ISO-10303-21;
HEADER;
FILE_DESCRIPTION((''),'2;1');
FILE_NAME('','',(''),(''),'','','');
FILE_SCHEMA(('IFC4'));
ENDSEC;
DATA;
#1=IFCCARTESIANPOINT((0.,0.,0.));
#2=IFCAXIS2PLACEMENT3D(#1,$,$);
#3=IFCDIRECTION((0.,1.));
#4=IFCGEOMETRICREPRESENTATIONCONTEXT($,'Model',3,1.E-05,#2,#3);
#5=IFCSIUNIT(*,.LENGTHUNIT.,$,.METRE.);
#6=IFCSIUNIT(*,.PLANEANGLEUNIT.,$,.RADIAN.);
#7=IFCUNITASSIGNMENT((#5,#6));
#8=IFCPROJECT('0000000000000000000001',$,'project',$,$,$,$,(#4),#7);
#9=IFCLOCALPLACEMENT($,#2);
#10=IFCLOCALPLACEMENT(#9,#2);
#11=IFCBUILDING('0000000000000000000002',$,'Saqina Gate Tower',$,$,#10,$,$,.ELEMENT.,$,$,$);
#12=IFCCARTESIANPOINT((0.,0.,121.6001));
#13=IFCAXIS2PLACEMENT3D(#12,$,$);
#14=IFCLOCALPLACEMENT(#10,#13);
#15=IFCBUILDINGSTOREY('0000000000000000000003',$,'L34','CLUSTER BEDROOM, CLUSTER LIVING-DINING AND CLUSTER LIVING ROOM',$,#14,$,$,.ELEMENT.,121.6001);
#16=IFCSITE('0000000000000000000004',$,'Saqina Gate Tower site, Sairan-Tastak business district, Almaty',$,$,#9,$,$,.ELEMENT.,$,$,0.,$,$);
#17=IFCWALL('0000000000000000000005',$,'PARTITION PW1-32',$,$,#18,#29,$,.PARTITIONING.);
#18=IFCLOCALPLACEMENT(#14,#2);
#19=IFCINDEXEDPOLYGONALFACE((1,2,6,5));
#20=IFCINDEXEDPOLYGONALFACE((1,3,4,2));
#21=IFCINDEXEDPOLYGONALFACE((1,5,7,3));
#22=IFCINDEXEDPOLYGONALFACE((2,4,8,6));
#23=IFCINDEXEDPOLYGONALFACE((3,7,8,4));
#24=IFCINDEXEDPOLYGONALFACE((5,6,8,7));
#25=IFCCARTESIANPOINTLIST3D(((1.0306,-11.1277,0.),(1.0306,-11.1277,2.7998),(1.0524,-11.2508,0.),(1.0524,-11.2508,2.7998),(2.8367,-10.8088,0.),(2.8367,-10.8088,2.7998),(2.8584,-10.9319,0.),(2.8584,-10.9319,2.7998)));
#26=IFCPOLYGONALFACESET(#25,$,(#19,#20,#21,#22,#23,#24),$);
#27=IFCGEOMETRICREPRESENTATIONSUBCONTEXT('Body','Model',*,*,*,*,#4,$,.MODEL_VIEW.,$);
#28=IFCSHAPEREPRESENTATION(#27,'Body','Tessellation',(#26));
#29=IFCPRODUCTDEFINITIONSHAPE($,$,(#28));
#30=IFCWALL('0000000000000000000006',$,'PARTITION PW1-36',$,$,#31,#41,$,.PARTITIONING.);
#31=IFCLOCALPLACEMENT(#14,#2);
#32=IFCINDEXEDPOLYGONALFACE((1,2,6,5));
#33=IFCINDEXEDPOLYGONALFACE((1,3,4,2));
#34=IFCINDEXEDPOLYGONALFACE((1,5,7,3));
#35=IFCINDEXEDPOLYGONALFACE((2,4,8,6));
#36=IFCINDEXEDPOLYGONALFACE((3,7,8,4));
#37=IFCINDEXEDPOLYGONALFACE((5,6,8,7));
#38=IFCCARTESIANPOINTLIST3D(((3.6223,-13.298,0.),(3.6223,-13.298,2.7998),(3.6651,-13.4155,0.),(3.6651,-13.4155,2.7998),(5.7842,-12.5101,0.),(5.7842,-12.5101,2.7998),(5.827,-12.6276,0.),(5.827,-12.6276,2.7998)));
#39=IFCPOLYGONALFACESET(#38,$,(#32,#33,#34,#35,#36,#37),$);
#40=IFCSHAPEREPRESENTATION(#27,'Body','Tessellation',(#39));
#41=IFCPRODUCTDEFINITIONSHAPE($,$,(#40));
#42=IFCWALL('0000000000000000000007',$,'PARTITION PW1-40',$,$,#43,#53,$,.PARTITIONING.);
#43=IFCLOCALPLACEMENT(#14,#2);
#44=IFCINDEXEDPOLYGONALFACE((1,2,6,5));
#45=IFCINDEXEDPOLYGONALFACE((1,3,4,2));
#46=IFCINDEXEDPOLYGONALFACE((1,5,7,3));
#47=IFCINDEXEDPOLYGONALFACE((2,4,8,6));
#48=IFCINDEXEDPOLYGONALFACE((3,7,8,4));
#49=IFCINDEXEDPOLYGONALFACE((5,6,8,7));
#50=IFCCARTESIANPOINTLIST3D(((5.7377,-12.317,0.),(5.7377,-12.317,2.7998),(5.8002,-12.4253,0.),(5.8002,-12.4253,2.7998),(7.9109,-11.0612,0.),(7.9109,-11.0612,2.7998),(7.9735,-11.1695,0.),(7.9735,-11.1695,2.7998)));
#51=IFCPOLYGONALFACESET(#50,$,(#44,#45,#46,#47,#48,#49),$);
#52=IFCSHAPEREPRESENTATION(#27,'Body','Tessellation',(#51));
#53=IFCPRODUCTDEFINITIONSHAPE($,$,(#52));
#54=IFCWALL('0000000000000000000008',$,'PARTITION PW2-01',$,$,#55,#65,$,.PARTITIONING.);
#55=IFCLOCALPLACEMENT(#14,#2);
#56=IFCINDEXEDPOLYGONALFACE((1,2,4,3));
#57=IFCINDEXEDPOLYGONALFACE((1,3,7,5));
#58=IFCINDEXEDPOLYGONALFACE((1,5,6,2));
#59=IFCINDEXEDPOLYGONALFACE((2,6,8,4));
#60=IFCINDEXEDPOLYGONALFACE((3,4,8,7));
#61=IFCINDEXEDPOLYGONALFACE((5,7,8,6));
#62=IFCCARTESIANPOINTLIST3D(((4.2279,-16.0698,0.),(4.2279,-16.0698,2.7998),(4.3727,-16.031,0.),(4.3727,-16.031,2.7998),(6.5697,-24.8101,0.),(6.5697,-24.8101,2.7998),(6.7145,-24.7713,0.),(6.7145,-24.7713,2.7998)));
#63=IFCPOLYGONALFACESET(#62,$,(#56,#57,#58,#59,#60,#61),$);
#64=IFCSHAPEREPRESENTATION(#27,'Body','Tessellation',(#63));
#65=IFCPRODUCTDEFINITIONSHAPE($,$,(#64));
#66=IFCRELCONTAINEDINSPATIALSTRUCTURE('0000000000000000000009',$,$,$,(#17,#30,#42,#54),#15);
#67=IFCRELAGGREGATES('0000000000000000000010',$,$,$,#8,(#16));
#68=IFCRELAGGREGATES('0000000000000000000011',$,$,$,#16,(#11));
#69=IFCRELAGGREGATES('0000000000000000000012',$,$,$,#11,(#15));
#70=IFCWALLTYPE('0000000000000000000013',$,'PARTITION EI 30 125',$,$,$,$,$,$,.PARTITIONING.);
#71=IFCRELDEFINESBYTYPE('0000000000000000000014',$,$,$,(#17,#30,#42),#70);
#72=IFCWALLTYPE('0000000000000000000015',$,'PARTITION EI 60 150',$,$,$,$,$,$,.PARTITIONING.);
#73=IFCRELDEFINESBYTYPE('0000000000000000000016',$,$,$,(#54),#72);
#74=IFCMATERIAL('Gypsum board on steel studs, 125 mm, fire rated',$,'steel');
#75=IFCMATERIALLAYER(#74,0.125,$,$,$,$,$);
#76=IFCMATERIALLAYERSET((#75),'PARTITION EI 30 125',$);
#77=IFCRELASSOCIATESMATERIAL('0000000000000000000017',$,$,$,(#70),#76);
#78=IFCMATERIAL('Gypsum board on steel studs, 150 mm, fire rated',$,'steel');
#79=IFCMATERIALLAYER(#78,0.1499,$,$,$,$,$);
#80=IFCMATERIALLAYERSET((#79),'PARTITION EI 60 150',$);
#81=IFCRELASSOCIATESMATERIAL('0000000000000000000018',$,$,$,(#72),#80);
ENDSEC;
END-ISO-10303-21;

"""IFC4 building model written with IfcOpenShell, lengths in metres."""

from ifc_helpers import new_model, si_unit, direction, frame, frame_2d, origin, place, context, subcontext, project, spatial, rectangle, extrude, material, layer, layer_set, type_object, element, save


model = new_model("IFC4")

# Units and contexts
model_context = context("Model", 3, precision=1e-05, world=origin(), true_north=direction((0.0, 1.0)))
body_context = subcontext(model_context, "Body", "Model", "MODEL_VIEW")
ifc_project = project(units=[si_unit("LENGTHUNIT", "METRE"), si_unit("PLANEANGLEUNIT", "RADIAN")], contexts=[model_context])

# Site, building, storey
site_placement = place(None, origin())
site = spatial("IfcSite", under=ifc_project, at=site_placement, Name="Saqina Gate Tower site, Sairan-Tastak business district, Almaty", CompositionType="ELEMENT", RefElevation=0.0)
building_placement = place(site_placement, origin())
building = spatial("IfcBuilding", under=site, at=building_placement, Name="Saqina Gate Tower", CompositionType="ELEMENT")
storey_placement = place(building_placement, frame((0.0, 0.0, 121.6001)))
storey = spatial("IfcBuildingStorey", under=building, at=storey_placement, Name="L34", Description="CLUSTER BEDROOM, CLUSTER LIVING-DINING AND CLUSTER LIVING ROOM", CompositionType="ELEMENT", Elevation=121.6001)

# Walls
ifc_material_1 = material(Name="Gypsum board on steel studs, 125 mm, fire rated", Category="steel")
ifc_layer_1 = layer(ifc_material_1, 0.125)
ifc_layer_set_1 = layer_set([ifc_layer_1], Name="PARTITION EI 30 125")
wall_type_1 = type_object("IfcWallType", Name="PARTITION EI 30 125", PredefinedType="PARTITIONING", material=ifc_layer_set_1)
wall_1_placement = place(storey_placement, frame((1.0415, -11.1892, 0.0), z_axis=(0.0, 0.0, 1.0), x_axis=(0.984773, 0.173846, 0.0)))
element("IfcWall", 1, at=wall_1_placement, inside=storey, type_object=wall_type_1, Name="PARTITION PW1-32", PredefinedType="PARTITIONING", context=body_context, shape_type="SweptSolid", body=[
    extrude(rectangle(XDim=1.834, YDim=0.125, at=frame_2d((0.917, 0.0))), origin(), (0.0, 0.0, 1.0), 2.7998),
])
wall_2_placement = place(storey_placement, frame((3.6438, -13.3567, 0.0), z_axis=(0.0, 0.0, 1.0), x_axis=(0.939555, 0.342399, 0.0)))
element("IfcWall", 2, at=wall_2_placement, inside=storey, type_object=wall_type_1, Name="PARTITION PW1-36", PredefinedType="PARTITIONING", context=body_context, shape_type="SweptSolid", body=[
    extrude(rectangle(XDim=2.301, YDim=0.125, at=frame_2d((1.1504, 0.0))), origin(), (0.0, 0.0, 1.0), 2.7998),
])
wall_3_placement = place(storey_placement, frame((5.769, -12.3711, 0.0), z_axis=(0.0, 0.0, 1.0), x_axis=(0.865839, 0.500323, 0.0)))
element("IfcWall", 3, at=wall_3_placement, inside=storey, type_object=wall_type_1, Name="PARTITION PW1-40", PredefinedType="PARTITIONING", context=body_context, shape_type="SweptSolid", body=[
    extrude(rectangle(XDim=2.51, YDim=0.125, at=frame_2d((1.2549, 0.0))), origin(), (0.0, 0.0, 1.0), 2.7998),
])
ifc_material_2 = material(Name="Gypsum board on steel studs, 150 mm, fire rated", Category="steel")
ifc_layer_2 = layer(ifc_material_2, 0.1499)
ifc_layer_set_2 = layer_set([ifc_layer_2], Name="PARTITION EI 60 150")
wall_type_2 = type_object("IfcWallType", Name="PARTITION EI 60 150", PredefinedType="PARTITIONING", material=ifc_layer_set_2)
wall_4_placement = place(storey_placement, frame((4.3003, -16.0503, 0.0), z_axis=(0.0, 0.0, 1.0), x_axis=(0.258804, -0.96593, 0.0)))
element("IfcWall", 4, at=wall_4_placement, inside=storey, type_object=wall_type_2, Name="PARTITION PW2-01", PredefinedType="PARTITIONING", context=body_context, shape_type="SweptSolid", body=[
    extrude(rectangle(XDim=9.0486, YDim=0.1499, at=frame_2d((4.5244, 0.0))), origin(), (0.0, 0.0, 1.0), 2.7998),
])

save(model, "model.ifc")
